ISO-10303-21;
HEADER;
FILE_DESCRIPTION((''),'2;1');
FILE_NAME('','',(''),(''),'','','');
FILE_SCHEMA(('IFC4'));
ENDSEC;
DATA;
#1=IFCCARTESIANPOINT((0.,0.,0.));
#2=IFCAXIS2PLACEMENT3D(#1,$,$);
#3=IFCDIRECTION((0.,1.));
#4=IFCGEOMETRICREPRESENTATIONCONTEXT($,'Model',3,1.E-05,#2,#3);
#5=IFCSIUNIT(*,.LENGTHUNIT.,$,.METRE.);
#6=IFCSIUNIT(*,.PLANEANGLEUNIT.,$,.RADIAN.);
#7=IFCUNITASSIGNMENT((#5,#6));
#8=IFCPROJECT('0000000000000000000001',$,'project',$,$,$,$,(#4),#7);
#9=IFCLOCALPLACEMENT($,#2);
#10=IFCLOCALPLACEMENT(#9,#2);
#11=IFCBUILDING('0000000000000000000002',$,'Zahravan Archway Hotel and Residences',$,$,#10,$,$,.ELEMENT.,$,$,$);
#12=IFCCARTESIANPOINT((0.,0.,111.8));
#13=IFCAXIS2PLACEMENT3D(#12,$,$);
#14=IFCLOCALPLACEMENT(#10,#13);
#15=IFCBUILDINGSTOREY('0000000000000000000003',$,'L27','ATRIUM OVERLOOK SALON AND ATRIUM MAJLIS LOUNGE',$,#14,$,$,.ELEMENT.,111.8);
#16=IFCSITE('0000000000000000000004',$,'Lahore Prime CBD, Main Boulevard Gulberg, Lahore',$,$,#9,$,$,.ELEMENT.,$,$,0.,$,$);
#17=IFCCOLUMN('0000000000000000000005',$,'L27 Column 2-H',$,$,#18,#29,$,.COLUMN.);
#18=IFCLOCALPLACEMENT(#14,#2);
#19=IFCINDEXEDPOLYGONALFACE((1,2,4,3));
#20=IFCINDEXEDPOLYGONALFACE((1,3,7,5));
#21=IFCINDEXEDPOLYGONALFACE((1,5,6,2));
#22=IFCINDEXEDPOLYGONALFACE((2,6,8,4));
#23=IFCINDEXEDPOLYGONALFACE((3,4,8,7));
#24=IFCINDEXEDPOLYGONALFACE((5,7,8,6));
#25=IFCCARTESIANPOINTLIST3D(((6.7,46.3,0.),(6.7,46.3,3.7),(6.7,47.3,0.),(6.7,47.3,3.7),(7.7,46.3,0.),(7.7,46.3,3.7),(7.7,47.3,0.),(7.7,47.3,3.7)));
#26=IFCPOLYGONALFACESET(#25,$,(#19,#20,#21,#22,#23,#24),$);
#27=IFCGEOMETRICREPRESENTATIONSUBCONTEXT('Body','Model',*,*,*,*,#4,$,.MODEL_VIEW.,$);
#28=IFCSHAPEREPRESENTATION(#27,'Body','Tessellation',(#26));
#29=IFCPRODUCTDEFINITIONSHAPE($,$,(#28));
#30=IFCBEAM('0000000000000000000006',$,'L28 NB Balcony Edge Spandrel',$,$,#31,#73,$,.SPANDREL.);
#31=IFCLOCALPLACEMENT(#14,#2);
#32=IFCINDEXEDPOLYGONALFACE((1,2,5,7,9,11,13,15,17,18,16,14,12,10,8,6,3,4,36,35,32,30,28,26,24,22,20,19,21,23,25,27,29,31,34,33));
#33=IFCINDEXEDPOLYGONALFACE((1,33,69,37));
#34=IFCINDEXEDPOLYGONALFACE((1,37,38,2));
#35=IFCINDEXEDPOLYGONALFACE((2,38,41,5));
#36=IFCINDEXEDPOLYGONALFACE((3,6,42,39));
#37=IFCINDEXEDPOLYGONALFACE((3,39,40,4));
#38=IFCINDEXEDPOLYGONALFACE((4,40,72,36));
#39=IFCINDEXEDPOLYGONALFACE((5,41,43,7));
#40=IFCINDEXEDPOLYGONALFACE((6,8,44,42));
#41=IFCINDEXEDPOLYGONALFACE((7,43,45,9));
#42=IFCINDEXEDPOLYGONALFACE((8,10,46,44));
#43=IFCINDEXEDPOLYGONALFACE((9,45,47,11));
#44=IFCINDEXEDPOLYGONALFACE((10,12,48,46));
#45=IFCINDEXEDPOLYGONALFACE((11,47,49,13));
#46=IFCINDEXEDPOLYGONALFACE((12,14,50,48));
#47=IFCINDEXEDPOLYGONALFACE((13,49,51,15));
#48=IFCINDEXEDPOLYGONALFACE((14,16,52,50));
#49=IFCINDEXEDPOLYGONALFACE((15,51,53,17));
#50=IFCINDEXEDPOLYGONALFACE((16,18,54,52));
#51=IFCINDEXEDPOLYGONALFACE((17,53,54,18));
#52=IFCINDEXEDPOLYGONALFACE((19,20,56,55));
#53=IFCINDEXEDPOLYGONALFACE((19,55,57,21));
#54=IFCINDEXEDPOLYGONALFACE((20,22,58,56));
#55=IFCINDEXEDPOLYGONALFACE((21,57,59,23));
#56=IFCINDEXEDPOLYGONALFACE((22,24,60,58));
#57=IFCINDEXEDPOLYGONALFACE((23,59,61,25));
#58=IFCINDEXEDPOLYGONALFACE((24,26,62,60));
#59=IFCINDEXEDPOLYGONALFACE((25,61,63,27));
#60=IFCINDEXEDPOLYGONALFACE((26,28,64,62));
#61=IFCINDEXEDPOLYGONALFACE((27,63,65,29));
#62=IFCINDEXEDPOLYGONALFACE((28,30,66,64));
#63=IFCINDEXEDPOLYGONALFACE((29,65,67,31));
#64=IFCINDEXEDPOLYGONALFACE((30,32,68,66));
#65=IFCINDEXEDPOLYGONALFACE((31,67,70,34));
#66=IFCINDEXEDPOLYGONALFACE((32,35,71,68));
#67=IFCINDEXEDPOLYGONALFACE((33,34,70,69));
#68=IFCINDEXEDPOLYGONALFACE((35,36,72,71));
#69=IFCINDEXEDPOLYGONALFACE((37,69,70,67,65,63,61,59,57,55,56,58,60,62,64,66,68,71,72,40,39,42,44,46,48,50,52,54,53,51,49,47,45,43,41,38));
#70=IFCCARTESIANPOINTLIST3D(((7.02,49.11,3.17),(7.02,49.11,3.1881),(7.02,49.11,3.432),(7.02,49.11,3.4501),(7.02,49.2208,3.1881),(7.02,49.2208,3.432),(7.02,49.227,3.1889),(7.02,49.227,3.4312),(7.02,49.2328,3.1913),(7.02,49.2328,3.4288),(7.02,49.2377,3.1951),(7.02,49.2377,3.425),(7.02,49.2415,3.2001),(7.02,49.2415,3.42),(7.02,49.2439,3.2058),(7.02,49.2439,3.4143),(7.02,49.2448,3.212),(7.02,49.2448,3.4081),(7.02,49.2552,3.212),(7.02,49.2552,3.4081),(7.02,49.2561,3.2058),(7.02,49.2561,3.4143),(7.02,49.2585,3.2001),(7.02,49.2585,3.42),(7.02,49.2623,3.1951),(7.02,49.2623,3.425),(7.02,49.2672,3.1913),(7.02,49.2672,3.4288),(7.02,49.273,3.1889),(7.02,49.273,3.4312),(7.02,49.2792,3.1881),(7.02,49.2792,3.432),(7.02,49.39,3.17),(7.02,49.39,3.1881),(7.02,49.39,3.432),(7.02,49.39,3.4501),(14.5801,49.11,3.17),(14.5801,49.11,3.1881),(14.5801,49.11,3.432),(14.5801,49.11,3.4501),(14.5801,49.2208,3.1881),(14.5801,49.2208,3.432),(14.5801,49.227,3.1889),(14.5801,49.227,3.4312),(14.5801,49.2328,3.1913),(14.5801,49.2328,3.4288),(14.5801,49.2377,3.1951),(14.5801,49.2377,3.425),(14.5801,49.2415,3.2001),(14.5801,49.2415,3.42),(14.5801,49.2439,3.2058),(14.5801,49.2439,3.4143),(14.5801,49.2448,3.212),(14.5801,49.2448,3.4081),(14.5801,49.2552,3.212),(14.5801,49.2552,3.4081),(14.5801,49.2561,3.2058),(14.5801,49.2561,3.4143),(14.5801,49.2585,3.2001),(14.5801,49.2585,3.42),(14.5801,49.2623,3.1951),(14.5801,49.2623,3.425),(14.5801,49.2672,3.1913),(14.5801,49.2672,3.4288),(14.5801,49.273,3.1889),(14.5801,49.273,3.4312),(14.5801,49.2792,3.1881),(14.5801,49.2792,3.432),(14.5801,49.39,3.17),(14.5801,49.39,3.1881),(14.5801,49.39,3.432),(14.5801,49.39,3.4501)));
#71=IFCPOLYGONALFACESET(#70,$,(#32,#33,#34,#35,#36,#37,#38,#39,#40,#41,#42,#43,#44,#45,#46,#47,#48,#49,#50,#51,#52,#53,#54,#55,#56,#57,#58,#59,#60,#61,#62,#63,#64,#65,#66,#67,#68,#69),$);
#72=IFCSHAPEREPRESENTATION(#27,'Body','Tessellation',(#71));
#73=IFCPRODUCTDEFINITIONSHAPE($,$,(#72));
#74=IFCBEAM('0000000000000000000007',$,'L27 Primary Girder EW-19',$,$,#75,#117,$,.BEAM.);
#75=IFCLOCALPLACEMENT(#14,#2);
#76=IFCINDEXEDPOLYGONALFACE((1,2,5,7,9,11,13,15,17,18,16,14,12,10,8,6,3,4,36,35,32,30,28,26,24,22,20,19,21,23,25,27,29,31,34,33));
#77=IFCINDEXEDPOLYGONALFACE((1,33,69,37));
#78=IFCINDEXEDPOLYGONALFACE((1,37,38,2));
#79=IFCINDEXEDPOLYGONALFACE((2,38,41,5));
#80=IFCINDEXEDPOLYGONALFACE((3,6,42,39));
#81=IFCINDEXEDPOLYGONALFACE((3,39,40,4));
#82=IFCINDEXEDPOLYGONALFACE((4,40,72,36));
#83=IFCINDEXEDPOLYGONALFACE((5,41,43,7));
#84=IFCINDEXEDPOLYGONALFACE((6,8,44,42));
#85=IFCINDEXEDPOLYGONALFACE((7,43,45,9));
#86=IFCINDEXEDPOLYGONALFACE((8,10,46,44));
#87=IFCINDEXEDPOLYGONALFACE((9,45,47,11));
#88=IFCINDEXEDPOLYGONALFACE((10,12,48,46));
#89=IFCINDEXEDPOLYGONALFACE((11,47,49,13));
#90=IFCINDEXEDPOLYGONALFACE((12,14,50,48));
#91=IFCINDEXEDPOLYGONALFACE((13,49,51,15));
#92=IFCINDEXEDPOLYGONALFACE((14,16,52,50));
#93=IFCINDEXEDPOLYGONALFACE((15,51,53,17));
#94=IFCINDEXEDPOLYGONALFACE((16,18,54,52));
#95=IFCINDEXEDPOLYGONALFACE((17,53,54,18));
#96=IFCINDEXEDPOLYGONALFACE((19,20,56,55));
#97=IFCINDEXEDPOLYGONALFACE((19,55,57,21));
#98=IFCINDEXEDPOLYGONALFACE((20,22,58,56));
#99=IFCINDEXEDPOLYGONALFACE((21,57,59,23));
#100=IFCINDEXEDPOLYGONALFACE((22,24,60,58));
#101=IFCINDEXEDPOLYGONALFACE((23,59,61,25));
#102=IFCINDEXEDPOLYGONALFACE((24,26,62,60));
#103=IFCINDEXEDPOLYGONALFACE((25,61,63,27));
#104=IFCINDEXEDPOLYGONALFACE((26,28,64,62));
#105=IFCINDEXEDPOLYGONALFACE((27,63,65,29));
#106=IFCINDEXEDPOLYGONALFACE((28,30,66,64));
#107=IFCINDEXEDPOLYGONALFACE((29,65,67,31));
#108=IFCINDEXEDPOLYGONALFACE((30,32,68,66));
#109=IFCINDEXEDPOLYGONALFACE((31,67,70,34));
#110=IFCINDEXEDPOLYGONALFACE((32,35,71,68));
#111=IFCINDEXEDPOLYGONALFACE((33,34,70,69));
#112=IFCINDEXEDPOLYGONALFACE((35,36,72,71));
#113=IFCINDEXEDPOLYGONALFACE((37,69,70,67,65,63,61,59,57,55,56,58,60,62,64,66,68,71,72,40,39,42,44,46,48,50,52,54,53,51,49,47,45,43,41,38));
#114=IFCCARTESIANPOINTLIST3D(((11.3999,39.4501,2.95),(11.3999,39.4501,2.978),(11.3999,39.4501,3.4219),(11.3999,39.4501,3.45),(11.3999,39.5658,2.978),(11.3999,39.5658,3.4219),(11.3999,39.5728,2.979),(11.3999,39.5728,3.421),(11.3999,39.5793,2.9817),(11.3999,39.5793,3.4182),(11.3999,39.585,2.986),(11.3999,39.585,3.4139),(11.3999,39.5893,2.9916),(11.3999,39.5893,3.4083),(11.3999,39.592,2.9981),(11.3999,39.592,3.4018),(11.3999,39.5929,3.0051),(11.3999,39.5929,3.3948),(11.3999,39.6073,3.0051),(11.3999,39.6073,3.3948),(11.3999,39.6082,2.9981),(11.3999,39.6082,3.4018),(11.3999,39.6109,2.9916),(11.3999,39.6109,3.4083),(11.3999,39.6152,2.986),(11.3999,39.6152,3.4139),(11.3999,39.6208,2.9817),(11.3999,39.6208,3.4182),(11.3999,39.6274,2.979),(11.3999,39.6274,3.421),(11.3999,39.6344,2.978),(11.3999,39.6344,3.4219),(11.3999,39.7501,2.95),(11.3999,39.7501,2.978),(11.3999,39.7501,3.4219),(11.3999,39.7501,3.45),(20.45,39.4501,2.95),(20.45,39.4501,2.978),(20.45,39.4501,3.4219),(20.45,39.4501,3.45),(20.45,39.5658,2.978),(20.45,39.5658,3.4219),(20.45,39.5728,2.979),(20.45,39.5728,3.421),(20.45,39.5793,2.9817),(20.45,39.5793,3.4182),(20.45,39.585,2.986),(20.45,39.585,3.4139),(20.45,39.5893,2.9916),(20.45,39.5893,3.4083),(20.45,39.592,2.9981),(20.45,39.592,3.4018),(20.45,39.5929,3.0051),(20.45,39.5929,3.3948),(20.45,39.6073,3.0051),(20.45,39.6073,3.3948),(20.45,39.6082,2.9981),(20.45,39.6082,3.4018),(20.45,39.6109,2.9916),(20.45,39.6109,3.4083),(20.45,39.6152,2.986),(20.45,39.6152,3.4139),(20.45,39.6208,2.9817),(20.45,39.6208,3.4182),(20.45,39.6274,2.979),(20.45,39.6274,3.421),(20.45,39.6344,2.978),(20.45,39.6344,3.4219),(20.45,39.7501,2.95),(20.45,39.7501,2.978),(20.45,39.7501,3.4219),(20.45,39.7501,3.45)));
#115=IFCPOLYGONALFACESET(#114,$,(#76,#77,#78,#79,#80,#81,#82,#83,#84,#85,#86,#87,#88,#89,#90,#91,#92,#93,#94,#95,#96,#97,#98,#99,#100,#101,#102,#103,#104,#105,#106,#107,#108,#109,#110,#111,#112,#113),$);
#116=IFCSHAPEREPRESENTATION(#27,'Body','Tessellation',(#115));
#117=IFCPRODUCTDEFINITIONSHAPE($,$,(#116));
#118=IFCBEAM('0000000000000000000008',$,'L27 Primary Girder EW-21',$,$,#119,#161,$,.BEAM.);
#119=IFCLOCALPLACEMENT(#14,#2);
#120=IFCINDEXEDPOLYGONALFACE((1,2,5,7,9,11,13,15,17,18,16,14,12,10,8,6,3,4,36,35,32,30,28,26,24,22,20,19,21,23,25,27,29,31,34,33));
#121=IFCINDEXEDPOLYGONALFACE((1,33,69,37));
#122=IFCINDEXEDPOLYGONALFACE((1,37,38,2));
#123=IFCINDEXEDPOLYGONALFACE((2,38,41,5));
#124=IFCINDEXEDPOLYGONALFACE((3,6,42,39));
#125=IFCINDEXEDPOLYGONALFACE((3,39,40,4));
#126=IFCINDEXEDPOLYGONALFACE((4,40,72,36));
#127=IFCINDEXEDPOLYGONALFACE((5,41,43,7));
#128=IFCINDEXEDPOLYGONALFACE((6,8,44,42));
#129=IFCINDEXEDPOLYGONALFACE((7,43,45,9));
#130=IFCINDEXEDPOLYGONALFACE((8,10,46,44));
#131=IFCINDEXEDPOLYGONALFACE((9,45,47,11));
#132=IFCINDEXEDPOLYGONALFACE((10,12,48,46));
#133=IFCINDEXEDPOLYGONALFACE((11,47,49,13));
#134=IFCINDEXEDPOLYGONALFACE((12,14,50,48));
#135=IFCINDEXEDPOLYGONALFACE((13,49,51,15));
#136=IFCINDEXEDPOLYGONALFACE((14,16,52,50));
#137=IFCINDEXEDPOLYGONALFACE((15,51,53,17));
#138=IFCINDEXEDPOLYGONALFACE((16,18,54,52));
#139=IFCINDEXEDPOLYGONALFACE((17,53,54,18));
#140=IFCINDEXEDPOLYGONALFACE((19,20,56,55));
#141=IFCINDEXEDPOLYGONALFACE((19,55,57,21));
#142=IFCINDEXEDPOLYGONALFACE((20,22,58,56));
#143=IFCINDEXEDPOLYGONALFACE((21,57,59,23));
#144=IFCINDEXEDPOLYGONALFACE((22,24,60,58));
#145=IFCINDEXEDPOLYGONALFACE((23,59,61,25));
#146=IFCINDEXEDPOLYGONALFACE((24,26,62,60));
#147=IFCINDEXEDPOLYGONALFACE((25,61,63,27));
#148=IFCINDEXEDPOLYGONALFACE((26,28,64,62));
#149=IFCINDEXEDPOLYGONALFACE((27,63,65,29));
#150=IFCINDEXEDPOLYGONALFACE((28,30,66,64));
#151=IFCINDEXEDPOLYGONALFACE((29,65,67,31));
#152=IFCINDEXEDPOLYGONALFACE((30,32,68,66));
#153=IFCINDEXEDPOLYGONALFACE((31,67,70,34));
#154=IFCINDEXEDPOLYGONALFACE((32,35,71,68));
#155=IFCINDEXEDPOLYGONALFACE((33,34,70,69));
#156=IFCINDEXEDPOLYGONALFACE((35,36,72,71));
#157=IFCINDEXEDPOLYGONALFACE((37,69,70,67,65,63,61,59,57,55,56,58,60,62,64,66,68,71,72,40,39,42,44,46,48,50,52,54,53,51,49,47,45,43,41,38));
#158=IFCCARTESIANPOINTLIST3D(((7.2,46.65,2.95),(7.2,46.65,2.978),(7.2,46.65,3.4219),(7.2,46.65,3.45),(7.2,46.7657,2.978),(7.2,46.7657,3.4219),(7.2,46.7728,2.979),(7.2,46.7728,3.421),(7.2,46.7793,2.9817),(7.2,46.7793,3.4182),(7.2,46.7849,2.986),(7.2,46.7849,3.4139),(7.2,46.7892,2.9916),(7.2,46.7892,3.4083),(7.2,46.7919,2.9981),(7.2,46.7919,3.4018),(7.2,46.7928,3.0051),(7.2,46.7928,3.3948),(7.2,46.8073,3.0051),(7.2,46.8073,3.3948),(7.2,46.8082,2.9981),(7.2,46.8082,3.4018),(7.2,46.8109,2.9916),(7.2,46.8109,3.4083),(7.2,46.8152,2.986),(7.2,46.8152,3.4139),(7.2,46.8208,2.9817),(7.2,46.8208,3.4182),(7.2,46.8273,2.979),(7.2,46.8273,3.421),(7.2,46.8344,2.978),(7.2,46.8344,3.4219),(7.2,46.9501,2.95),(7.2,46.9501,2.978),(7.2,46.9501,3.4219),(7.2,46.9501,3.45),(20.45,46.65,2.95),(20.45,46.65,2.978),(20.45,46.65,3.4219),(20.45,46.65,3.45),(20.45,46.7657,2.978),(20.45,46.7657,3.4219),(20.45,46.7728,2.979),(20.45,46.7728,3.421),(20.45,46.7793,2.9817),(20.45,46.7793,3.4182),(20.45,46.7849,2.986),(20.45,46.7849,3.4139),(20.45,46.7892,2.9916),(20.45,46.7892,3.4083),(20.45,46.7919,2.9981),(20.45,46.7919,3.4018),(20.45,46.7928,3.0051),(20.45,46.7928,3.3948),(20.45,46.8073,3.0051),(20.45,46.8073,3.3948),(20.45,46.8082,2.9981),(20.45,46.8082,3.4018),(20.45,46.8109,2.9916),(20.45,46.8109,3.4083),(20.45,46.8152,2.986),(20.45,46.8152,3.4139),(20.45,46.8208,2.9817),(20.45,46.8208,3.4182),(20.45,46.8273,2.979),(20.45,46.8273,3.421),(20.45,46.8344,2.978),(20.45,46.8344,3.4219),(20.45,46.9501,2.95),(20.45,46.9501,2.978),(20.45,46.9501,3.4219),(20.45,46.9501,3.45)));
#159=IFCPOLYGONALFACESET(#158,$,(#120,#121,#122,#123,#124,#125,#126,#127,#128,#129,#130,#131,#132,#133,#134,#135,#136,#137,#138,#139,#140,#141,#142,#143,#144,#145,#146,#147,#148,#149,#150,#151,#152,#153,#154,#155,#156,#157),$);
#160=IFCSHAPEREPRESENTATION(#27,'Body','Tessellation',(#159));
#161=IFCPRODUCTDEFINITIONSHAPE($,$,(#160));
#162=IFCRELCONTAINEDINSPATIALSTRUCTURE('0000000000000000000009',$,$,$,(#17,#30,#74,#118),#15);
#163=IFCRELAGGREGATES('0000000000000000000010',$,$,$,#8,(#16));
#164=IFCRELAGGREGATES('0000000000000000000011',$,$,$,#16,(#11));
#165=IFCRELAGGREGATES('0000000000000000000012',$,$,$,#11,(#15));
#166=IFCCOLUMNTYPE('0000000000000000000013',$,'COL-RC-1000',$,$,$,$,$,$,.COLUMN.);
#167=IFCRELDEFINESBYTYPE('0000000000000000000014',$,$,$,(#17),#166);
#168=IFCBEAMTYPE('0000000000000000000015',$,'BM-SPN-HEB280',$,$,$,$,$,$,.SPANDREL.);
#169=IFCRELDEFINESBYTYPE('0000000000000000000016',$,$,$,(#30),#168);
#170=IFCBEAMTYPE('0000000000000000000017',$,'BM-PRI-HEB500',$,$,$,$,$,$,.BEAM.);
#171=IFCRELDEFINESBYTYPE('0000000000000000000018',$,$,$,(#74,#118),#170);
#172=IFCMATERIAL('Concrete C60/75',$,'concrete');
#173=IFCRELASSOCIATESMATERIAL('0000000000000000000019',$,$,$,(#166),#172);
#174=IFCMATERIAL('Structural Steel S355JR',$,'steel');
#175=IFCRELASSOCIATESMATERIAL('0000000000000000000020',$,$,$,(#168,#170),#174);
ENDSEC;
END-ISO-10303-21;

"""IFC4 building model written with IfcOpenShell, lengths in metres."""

from ifc_helpers import new_model, si_unit, direction, frame, origin, origin_2d, place, context, subcontext, project, spatial, rectangle, i_section, extrude, source, transform, mapped, material, material_profile, profile_set, type_object, type_shapes, element, save


model = new_model("IFC4")

# Units and contexts
model_context = context("Model", 3, precision=1e-05, world=origin(), true_north=direction((0.0, 1.0)))
body_context = subcontext(model_context, "Body", "Model", "MODEL_VIEW")
ifc_project = project(units=[si_unit("LENGTHUNIT", "METRE"), si_unit("PLANEANGLEUNIT", "RADIAN")], contexts=[model_context])

# Site, building, storey
site_placement = place(None, origin())
site = spatial("IfcSite", under=ifc_project, at=site_placement, Name="Lahore Prime CBD, Main Boulevard Gulberg, Lahore", CompositionType="ELEMENT", RefElevation=0.0)
building_placement = place(site_placement, origin())
building = spatial("IfcBuilding", under=site, at=building_placement, Name="Zahravan Archway Hotel and Residences", CompositionType="ELEMENT")
storey_placement = place(building_placement, frame((0.0, 0.0, 111.8)))
storey = spatial("IfcBuildingStorey", under=building, at=storey_placement, Name="L27", Description="ATRIUM OVERLOOK SALON AND ATRIUM MAJLIS LOUNGE", CompositionType="ELEMENT", Elevation=111.8)

# Column
ifc_material_1 = material(Name="Concrete C60/75", Category="concrete")
ifc_material_profile_1 = material_profile(ifc_material_1, rectangle(XDim=1.0, YDim=1.0, at=origin_2d()), Name="RC-COL-1000x1000", Category="concrete")
ifc_profile_set_1 = profile_set([ifc_material_profile_1], Name="Concrete C60/75")
column_type = type_object("IfcColumnType", Name="COL-RC-1000", PredefinedType="COLUMN", material=ifc_profile_set_1)
shared_shape_1 = source(origin(), body_context, "Body", "SweptSolid", [
    extrude(rectangle(XDim=1.0, YDim=1.0, at=origin_2d()), origin(), (0.0, 0.0, 1.0), 3.7),
])
type_shapes(column_type, [shared_shape_1])
column_placement = place(storey_placement, frame((7.2, 46.8, 0.0), z_axis=(0.0, 0.0, 1.0), x_axis=(1.0, 0.0, 0.0)))
element("IfcColumn", 1, at=column_placement, inside=storey, type_object=column_type, Name="L27 Column 2-H", PredefinedType="COLUMN", context=body_context, shape_type="MappedRepresentation", body=[
    mapped(shared_shape_1, transform((0.0, 0.0, 0.0), scale=1.0)),
])

# Beams
ifc_material_2 = material(Name="Structural Steel S355JR", Category="steel")
ifc_material_profile_2 = material_profile(ifc_material_2, i_section(OverallWidth=0.28, OverallDepth=0.28, WebThickness=0.0105, FlangeThickness=0.0181, FilletRadius=0.0239, at=origin_2d()), Name="HEB 280", Category="steel")
ifc_profile_set_2 = profile_set([ifc_material_profile_2], Name="Structural Steel S355JR")
beam_type_1 = type_object("IfcBeamType", Name="BM-SPN-HEB280", PredefinedType="SPANDREL", material=ifc_profile_set_2)
shared_shape_2 = source(origin(), body_context, "Body", "SweptSolid", [
    extrude(i_section(OverallWidth=0.28, OverallDepth=0.28, WebThickness=0.0105, FlangeThickness=0.0181, FilletRadius=0.0239, at=origin_2d()), origin(), (0.0, 0.0, 1.0), 7.5601),
])
type_shapes(beam_type_1, [shared_shape_2])
beam_1_placement = place(storey_placement, frame((7.02, 49.25, 3.3101), z_axis=(1.0, 0.0, 0.0), x_axis=(0.0, 1.0, 0.0)))
element("IfcBeam", 2, at=beam_1_placement, inside=storey, type_object=beam_type_1, Name="L28 NB Balcony Edge Spandrel", PredefinedType="SPANDREL", context=body_context, shape_type="MappedRepresentation", body=[
    mapped(shared_shape_2, transform((0.0, 0.0, 0.0), scale=1.0)),
])
ifc_material_profile_3 = material_profile(ifc_material_2, i_section(OverallWidth=0.3, OverallDepth=0.5, WebThickness=0.0144, FlangeThickness=0.0281, FilletRadius=0.0271, at=origin_2d()), Name="HEB 500", Category="steel")
ifc_profile_set_3 = profile_set([ifc_material_profile_3], Name="Structural Steel S355JR")
beam_type_2 = type_object("IfcBeamType", Name="BM-PRI-HEB500", PredefinedType="BEAM", material=ifc_profile_set_3)
shared_shape_3 = source(origin(), body_context, "Body", "SweptSolid", [
    extrude(i_section(OverallWidth=0.3, OverallDepth=0.5, WebThickness=0.0144, FlangeThickness=0.0281, FilletRadius=0.0271, at=origin_2d()), origin(), (0.0, 0.0, 1.0), 9.05),
])
beam_2_placement = place(storey_placement, frame((11.3999, 39.6001, 3.2), z_axis=(1.0, 0.0, 0.0), x_axis=(0.0, 1.0, 0.0)))
element("IfcBeam", 3, at=beam_2_placement, inside=storey, type_object=beam_type_2, Name="L27 Primary Girder EW-19", PredefinedType="BEAM", context=body_context, shape_type="MappedRepresentation", body=[
    mapped(shared_shape_3, transform((0.0, 0.0, 0.0), scale=1.0)),
])
shared_shape_4 = source(origin(), body_context, "Body", "SweptSolid", [
    extrude(i_section(OverallWidth=0.3, OverallDepth=0.5, WebThickness=0.0144, FlangeThickness=0.0281, FilletRadius=0.0271, at=origin_2d()), origin(), (0.0, 0.0, 1.0), 13.25),
])
beam_3_placement = place(storey_placement, frame((7.2, 46.8, 3.2), z_axis=(1.0, 0.0, 0.0), x_axis=(0.0, 1.0, 0.0)))
element("IfcBeam", 4, at=beam_3_placement, inside=storey, type_object=beam_type_2, Name="L27 Primary Girder EW-21", PredefinedType="BEAM", context=body_context, shape_type="MappedRepresentation", body=[
    mapped(shared_shape_4, transform((0.0, 0.0, 0.0), scale=1.0)),
])

save(model, "model.ifc")
